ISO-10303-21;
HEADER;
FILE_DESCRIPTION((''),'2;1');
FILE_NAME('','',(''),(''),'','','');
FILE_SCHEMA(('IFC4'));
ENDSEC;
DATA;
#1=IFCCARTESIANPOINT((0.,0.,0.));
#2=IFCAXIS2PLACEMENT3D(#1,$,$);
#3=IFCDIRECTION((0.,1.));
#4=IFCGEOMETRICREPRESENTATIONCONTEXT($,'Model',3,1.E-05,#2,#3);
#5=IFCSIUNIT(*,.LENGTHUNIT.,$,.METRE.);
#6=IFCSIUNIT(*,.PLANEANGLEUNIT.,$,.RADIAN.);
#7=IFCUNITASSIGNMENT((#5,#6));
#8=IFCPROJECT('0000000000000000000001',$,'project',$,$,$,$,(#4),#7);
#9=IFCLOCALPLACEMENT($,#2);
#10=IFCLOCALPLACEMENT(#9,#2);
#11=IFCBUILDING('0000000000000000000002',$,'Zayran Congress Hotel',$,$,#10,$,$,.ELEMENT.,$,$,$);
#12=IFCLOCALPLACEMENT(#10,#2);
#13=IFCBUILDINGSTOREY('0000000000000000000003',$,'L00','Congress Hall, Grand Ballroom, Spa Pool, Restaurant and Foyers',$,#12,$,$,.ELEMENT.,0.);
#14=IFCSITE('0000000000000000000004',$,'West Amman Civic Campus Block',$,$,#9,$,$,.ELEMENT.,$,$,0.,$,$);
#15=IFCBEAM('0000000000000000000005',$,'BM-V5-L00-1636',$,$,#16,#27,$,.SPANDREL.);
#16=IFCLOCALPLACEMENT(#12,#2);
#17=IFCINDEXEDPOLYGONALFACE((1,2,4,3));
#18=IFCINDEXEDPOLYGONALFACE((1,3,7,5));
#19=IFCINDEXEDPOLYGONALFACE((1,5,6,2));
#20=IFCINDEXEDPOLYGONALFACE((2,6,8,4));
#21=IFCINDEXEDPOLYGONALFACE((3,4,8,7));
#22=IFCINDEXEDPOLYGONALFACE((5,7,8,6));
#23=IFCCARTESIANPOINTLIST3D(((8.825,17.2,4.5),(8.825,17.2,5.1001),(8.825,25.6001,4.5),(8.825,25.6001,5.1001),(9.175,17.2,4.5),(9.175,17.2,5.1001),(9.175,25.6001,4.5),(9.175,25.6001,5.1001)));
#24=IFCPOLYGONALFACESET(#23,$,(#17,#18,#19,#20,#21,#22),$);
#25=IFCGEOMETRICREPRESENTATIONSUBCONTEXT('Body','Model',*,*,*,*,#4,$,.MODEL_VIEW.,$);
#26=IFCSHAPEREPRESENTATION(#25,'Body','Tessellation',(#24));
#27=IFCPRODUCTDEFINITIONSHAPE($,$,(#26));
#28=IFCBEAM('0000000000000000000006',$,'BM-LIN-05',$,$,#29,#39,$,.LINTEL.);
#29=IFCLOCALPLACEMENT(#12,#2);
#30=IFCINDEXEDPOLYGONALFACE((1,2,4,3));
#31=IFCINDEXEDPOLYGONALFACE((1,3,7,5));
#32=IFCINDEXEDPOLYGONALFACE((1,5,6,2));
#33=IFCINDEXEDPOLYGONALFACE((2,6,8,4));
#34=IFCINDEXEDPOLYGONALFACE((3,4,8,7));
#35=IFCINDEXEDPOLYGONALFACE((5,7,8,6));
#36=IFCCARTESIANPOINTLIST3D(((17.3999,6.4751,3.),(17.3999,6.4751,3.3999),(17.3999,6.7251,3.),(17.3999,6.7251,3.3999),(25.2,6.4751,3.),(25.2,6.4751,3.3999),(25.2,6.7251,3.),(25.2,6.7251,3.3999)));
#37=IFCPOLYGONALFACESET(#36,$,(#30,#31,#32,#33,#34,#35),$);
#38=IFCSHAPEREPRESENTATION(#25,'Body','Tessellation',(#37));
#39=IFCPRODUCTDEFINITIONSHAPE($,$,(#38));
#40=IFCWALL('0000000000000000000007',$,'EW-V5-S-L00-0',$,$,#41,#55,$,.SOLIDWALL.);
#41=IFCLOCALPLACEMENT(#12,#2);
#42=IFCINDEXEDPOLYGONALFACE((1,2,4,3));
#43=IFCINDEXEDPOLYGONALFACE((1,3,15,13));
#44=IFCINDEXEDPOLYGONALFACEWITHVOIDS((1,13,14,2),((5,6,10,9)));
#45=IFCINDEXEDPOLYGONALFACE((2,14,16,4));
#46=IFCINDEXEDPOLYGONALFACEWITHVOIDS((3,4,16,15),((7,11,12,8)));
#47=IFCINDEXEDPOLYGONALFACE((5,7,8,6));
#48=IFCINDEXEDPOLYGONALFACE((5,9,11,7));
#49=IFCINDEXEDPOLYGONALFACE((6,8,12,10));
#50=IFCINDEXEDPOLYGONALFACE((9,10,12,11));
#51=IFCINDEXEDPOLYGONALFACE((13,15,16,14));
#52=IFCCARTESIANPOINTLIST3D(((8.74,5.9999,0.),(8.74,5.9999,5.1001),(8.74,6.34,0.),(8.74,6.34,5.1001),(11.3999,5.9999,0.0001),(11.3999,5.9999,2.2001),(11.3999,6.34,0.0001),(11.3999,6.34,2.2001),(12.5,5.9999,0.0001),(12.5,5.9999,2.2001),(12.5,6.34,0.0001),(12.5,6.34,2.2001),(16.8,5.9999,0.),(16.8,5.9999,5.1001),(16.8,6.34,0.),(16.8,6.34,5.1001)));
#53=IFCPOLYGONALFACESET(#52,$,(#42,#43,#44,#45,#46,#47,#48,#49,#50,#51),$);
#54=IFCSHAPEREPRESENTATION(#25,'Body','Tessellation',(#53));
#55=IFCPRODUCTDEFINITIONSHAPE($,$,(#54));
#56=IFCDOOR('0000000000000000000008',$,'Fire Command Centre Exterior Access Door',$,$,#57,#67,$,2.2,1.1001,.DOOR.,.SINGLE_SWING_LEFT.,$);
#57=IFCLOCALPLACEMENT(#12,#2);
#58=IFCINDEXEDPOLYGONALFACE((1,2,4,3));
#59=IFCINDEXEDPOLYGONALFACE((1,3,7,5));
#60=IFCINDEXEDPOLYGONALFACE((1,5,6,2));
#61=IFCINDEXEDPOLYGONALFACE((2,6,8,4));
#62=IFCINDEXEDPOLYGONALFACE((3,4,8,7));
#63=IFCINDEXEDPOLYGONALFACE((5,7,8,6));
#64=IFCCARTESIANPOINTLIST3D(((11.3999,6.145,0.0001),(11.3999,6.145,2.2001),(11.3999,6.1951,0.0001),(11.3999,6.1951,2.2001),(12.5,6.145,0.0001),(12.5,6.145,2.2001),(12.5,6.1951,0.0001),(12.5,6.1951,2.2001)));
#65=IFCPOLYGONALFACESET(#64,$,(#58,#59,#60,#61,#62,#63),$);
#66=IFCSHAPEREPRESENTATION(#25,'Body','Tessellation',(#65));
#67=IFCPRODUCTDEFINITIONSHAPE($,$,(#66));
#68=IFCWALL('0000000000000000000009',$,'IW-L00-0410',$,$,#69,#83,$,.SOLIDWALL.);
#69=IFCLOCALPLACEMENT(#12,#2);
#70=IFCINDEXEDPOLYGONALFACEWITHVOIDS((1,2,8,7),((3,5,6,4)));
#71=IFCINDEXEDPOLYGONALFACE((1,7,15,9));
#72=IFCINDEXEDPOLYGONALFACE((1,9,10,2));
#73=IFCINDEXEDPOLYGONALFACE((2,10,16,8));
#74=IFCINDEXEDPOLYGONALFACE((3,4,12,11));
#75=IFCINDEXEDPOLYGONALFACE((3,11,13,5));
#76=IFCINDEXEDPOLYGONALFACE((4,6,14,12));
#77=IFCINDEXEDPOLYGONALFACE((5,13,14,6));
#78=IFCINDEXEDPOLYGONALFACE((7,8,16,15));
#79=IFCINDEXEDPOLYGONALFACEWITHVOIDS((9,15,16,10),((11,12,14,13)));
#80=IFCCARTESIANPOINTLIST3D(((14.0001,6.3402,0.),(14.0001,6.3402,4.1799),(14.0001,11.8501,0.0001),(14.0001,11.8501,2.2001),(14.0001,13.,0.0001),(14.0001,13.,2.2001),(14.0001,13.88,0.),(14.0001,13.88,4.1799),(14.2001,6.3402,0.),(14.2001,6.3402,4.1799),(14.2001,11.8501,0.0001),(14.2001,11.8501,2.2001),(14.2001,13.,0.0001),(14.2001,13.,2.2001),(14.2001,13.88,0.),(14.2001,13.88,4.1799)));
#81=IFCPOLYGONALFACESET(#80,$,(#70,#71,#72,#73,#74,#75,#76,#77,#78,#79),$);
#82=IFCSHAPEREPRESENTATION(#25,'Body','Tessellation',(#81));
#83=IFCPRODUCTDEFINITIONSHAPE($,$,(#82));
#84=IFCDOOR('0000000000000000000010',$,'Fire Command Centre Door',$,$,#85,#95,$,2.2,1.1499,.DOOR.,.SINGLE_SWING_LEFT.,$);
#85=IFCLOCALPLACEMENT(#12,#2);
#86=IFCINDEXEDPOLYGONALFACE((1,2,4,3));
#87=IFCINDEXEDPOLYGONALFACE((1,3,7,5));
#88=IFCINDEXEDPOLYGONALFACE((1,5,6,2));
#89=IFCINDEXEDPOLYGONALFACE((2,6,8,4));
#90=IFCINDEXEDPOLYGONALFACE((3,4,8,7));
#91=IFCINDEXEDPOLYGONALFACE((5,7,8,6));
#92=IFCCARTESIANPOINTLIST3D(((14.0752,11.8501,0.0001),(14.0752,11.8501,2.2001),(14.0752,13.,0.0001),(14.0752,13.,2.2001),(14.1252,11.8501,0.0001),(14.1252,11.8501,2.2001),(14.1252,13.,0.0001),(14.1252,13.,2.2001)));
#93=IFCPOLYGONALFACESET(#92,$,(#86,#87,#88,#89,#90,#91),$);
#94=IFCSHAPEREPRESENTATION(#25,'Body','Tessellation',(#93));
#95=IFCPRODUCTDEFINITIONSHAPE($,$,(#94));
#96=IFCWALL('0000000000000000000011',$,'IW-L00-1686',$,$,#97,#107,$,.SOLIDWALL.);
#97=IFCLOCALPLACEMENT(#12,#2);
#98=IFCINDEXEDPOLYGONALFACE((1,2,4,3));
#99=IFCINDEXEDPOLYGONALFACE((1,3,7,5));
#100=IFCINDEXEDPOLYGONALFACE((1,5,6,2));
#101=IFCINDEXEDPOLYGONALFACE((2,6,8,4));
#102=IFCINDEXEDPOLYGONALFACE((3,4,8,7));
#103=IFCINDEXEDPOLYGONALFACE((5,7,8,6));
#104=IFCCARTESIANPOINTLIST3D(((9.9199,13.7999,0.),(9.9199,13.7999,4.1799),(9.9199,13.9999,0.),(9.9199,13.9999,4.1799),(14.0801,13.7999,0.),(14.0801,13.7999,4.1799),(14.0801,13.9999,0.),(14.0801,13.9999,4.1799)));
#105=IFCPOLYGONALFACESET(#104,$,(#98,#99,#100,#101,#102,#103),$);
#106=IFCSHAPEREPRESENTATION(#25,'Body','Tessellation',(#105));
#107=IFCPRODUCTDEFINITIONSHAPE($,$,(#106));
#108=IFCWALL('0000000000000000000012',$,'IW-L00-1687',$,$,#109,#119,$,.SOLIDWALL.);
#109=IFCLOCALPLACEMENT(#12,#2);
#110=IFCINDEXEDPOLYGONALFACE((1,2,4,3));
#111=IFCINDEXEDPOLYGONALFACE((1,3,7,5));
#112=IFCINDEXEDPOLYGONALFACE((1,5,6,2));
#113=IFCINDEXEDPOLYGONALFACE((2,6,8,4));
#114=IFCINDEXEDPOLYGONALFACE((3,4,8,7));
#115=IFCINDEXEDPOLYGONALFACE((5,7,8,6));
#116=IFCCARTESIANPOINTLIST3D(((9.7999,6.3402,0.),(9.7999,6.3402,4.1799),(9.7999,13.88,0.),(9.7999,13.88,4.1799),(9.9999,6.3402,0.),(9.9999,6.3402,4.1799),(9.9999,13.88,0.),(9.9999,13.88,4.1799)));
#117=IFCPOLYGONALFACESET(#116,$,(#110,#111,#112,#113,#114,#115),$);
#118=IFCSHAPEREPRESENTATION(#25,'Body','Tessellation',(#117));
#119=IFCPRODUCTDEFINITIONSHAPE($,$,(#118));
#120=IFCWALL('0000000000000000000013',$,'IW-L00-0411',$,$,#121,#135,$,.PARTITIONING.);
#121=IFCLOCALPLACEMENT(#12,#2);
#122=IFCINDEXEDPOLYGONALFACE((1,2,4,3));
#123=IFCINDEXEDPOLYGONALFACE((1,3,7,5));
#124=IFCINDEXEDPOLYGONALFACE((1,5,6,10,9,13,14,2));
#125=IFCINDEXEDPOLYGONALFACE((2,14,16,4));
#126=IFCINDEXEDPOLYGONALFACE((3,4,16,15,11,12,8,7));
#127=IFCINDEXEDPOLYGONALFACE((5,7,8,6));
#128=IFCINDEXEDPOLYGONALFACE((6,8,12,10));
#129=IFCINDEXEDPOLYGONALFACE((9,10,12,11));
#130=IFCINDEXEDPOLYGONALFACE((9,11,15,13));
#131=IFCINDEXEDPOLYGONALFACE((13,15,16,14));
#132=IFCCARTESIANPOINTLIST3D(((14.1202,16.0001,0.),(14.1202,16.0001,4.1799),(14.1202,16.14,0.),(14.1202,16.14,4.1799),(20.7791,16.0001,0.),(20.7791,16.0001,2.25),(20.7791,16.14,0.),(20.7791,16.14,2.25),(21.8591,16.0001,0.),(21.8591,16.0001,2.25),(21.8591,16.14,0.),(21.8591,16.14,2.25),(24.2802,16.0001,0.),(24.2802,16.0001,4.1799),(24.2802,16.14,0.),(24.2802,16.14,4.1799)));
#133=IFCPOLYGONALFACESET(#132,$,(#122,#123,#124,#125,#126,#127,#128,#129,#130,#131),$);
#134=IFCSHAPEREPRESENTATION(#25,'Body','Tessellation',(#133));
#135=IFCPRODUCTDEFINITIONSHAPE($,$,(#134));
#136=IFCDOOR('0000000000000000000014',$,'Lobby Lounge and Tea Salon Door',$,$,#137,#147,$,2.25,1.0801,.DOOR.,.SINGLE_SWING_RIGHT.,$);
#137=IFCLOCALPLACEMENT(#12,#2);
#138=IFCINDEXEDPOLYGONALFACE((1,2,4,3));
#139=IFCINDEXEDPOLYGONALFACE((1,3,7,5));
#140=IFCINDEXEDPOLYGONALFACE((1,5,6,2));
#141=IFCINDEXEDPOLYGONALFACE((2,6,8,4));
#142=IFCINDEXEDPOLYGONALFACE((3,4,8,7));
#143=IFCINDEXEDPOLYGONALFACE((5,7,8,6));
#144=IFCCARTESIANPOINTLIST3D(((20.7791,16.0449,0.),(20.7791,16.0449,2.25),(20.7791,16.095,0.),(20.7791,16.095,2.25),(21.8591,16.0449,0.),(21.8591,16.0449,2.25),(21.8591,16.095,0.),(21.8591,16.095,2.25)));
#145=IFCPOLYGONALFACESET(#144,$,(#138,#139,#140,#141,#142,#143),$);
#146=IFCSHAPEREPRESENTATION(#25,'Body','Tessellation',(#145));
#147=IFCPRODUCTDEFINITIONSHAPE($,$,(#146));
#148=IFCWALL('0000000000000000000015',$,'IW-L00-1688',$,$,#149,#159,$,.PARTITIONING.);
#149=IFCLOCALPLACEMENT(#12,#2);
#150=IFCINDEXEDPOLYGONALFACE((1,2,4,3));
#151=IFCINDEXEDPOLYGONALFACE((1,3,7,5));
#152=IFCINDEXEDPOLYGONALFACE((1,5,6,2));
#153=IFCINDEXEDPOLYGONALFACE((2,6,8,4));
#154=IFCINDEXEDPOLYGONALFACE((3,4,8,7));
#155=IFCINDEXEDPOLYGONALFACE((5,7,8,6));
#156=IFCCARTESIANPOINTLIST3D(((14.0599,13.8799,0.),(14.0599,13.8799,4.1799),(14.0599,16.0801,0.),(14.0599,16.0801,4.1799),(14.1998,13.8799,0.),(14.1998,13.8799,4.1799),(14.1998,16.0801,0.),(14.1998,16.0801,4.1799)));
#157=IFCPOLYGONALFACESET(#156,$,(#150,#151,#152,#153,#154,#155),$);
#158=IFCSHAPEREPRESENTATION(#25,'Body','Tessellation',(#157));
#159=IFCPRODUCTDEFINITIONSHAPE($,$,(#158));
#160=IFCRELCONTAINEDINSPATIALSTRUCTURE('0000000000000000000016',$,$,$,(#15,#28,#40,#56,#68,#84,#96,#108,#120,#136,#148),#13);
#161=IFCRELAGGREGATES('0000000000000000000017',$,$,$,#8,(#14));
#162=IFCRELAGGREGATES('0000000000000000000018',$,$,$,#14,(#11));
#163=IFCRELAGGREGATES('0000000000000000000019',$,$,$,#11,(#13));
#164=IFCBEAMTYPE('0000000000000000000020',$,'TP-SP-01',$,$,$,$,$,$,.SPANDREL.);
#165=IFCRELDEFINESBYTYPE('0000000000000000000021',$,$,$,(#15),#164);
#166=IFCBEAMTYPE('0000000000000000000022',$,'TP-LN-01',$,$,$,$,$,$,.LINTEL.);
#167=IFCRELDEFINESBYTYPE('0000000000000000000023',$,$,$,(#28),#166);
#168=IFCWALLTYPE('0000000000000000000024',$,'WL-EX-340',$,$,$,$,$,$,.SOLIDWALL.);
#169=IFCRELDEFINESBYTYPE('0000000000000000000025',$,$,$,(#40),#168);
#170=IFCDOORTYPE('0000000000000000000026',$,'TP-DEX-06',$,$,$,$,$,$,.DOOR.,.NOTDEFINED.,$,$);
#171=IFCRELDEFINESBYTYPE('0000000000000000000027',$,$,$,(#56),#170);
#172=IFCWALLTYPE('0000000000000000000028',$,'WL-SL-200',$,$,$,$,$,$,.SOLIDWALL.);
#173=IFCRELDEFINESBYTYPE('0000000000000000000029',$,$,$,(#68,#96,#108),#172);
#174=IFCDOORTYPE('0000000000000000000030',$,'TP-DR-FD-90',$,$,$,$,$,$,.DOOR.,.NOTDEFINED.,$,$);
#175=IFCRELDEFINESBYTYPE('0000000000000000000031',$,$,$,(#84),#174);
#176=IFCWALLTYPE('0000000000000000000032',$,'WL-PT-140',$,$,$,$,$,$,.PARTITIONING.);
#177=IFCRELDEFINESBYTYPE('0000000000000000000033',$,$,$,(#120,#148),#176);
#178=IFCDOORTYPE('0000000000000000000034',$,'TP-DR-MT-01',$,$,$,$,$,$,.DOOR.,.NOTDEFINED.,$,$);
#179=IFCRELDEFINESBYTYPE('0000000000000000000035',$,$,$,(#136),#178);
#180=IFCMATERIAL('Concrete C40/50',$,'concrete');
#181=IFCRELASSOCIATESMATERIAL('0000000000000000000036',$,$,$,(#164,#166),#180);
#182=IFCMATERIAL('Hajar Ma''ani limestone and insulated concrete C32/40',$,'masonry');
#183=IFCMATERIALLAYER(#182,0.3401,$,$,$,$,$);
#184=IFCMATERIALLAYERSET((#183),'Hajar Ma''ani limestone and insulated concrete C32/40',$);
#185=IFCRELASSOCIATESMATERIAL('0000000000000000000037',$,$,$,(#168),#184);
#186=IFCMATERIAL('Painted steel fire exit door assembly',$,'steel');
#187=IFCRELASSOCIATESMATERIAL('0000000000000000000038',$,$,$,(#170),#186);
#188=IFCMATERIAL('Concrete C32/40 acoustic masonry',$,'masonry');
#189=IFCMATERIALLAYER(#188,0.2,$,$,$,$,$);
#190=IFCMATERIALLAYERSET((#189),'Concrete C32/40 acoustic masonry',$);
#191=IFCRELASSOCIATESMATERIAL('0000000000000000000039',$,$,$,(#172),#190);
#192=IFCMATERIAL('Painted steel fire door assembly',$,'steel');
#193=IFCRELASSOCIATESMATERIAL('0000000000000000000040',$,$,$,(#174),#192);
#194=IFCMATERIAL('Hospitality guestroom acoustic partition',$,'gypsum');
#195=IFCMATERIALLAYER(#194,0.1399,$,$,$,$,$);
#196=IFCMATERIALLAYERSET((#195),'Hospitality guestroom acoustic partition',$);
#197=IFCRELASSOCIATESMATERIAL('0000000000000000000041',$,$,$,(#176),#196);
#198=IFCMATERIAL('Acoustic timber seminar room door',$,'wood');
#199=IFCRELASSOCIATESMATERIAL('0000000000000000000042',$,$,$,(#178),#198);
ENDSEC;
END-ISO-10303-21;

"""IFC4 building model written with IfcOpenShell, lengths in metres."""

from ifc_helpers import new_model, si_unit, direction, frame, frame_2d, origin, origin_2d, place, context, subcontext, project, spatial, rectangle, extrude, material, layer, layer_set, material_profile, profile_set, type_object, element, fill, save


model = new_model("IFC4")

# Units and contexts
model_context = context("Model", 3, precision=1e-05, world=origin(), true_north=direction((0.0, 1.0)))
body_context = subcontext(model_context, "Body", "Model", "MODEL_VIEW")
ifc_project = project(units=[si_unit("LENGTHUNIT", "METRE"), si_unit("PLANEANGLEUNIT", "RADIAN")], contexts=[model_context])

# Site, building, storey
site_placement = place(None, origin())
site = spatial("IfcSite", under=ifc_project, at=site_placement, Name="West Amman Civic Campus Block", CompositionType="ELEMENT", RefElevation=0.0)
building_placement = place(site_placement, origin())
building = spatial("IfcBuilding", under=site, at=building_placement, Name="Zayran Congress Hotel", CompositionType="ELEMENT")
storey_placement = place(building_placement, origin())
storey = spatial("IfcBuildingStorey", under=building, at=storey_placement, Name="L00", Description="Congress Hall, Grand Ballroom, Spa Pool, Restaurant and Foyers", CompositionType="ELEMENT", Elevation=0.0)

# Shared definitions
ifc_material_1 = material(Name="Concrete C40/50", Category="concrete")

# Beams
ifc_material_profile_1 = material_profile(ifc_material_1, rectangle(XDim=0.3501, YDim=0.6001, at=origin_2d()), Name="RC 350x600")
ifc_profile_set_1 = profile_set([ifc_material_profile_1], Name="Concrete C40/50")
beam_type_1 = type_object("IfcBeamType", Name="TP-SP-01", PredefinedType="SPANDREL", material=ifc_profile_set_1)
beam_1_placement = place(storey_placement, frame((9.0, 17.2, 4.8), z_axis=(0.0, 1.0, 0.0), x_axis=(-1.0, 0.0, 0.0)))
element("IfcBeam", 1, at=beam_1_placement, inside=storey, type_object=beam_type_1, Name="BM-V5-L00-1636", PredefinedType="SPANDREL", context=body_context, shape_type="SweptSolid", body=[
    extrude(rectangle(XDim=0.3501, YDim=0.6001, at=origin_2d()), origin(), (0.0, 0.0, 1.0), 8.4001),
])
ifc_material_profile_2 = material_profile(ifc_material_1, rectangle(XDim=0.25, YDim=0.3999, at=origin_2d()), Name="RC 250x400")
ifc_profile_set_2 = profile_set([ifc_material_profile_2], Name="Concrete C40/50")
beam_type_2 = type_object("IfcBeamType", Name="TP-LN-01", PredefinedType="LINTEL", material=ifc_profile_set_2)
beam_2_placement = place(storey_placement, frame((17.3999, 6.6001, 3.2), z_axis=(1.0, 0.0, 0.0), x_axis=(0.0, 1.0, 0.0)))
element("IfcBeam", 2, at=beam_2_placement, inside=storey, type_object=beam_type_2, Name="BM-LIN-05", PredefinedType="LINTEL", context=body_context, shape_type="SweptSolid", body=[
    extrude(rectangle(XDim=0.25, YDim=0.3999, at=origin_2d()), origin(), (0.0, 0.0, 1.0), 7.8),
])

# Walls, openings, doors
ifc_material_2 = material(Name="Hajar Ma'ani limestone and insulated concrete C32/40", Category="masonry")
ifc_layer_1 = layer(ifc_material_2, 0.3401)
ifc_layer_set_1 = layer_set([ifc_layer_1], Name="Hajar Ma'ani limestone and insulated concrete C32/40")
wall_type_1 = type_object("IfcWallType", Name="WL-EX-340", PredefinedType="SOLIDWALL", material=ifc_layer_set_1)
wall_1_placement = place(storey_placement, frame((16.8, 6.1699, 0.0), z_axis=(0.0, 0.0, 1.0), x_axis=(-1.0, 0.0, 0.0)))
wall_1 = element("IfcWall", 3, at=wall_1_placement, inside=storey, type_object=wall_type_1, Name="EW-V5-S-L00-0", PredefinedType="SOLIDWALL", context=body_context, shape_type="SweptSolid", body=[
    extrude(rectangle(XDim=8.0601, YDim=0.3401, at=frame_2d((4.03, 0.0))), origin(), (0.0, 0.0, 1.0), 5.1001),
])
opening_1_placement = place(wall_1_placement, frame((4.3, 0.0, 0.0)))
opening_1 = element("IfcOpeningElement", 4, at=opening_1_placement, cuts=wall_1, PredefinedType="OPENING", context=body_context, shape_type="SweptSolid", body=[
    extrude(rectangle(XDim=1.1001, YDim=2.2, at=frame_2d((0.55, 1.1001))), frame((0.0, 0.1799, 0.0), z_axis=(0.0, -1.0, 0.0), x_axis=(1.0, 0.0, 0.0)), (0.0, 0.0, 1.0), 0.3601),
])
ifc_material_3 = material(Name="Painted steel fire exit door assembly", Category="steel")
door_type_1 = type_object("IfcDoorType", Name="TP-DEX-06", OperationType="NOTDEFINED", PredefinedType="DOOR", material=ifc_material_3)
door_1_placement = place(opening_1_placement, origin())
door_1 = element("IfcDoor", 5, at=door_1_placement, inside=storey, type_object=door_type_1, Name="Fire Command Centre Exterior Access Door", OperationType="SINGLE_SWING_LEFT", OverallHeight=2.2, OverallWidth=1.1001, PredefinedType="DOOR", context=body_context, shape_type="SweptSolid", body=[
    extrude(rectangle(XDim=1.1001, YDim=2.2, at=frame_2d((0.55, 1.1001))), frame((0.0, 0.0249, 0.0), z_axis=(0.0, -1.0, 0.0), x_axis=(1.0, 0.0, 0.0)), (0.0, 0.0, 1.0), 0.05),
])
fill(opening_1, door_1)
ifc_material_4 = material(Name="Concrete C32/40 acoustic masonry", Category="masonry")
ifc_layer_2 = layer(ifc_material_4, 0.2)
ifc_layer_set_2 = layer_set([ifc_layer_2], Name="Concrete C32/40 acoustic masonry")
wall_type_2 = type_object("IfcWallType", Name="WL-SL-200", PredefinedType="SOLIDWALL", material=ifc_layer_set_2)
wall_2_placement = place(storey_placement, frame((14.1001, 6.3401, 0.0), z_axis=(0.0, 0.0, 1.0), x_axis=(0.0, 1.0, 0.0)))
wall_2 = element("IfcWall", 6, at=wall_2_placement, inside=storey, type_object=wall_type_2, Name="IW-L00-0410", PredefinedType="SOLIDWALL", context=body_context, shape_type="SweptSolid", body=[
    extrude(rectangle(XDim=7.5398, YDim=0.2, at=frame_2d((3.77, 0.0))), origin(), (0.0, 0.0, 1.0), 4.1799),
])
opening_2_placement = place(wall_2_placement, frame((5.51, 0.0, 0.0)))
opening_2 = element("IfcOpeningElement", 7, at=opening_2_placement, cuts=wall_2, PredefinedType="OPENING", context=body_context, shape_type="SweptSolid", body=[
    extrude(rectangle(XDim=1.1499, YDim=2.2, at=frame_2d((0.575, 1.1001))), frame((0.0, 0.1099, 0.0), z_axis=(0.0, -1.0, 0.0), x_axis=(1.0, 0.0, 0.0)), (0.0, 0.0, 1.0), 0.22),
])
ifc_material_5 = material(Name="Painted steel fire door assembly", Category="steel")
door_type_2 = type_object("IfcDoorType", Name="TP-DR-FD-90", OperationType="NOTDEFINED", PredefinedType="DOOR", material=ifc_material_5)
door_2_placement = place(opening_2_placement, origin())
door_2 = element("IfcDoor", 8, at=door_2_placement, inside=storey, type_object=door_type_2, Name="Fire Command Centre Door", OperationType="SINGLE_SWING_LEFT", OverallHeight=2.2, OverallWidth=1.1499, PredefinedType="DOOR", context=body_context, shape_type="SweptSolid", body=[
    extrude(rectangle(XDim=1.1499, YDim=2.2, at=frame_2d((0.575, 1.1001))), frame((0.0, 0.0249, 0.0), z_axis=(0.0, -1.0, 0.0), x_axis=(1.0, 0.0, 0.0)), (0.0, 0.0, 1.0), 0.05),
])
fill(opening_2, door_2)

# Walls
wall_3_placement = place(storey_placement, frame((9.9199, 13.8999, 0.0), z_axis=(0.0, 0.0, 1.0), x_axis=(1.0, 0.0, 0.0)))
element("IfcWall", 9, at=wall_3_placement, inside=storey, type_object=wall_type_2, Name="IW-L00-1686", PredefinedType="SOLIDWALL", context=body_context, shape_type="SweptSolid", body=[
    extrude(rectangle(XDim=4.1602, YDim=0.2, at=frame_2d((2.0801, 0.0))), origin(), (0.0, 0.0, 1.0), 4.1799),
])
wall_4_placement = place(storey_placement, frame((9.8999, 6.3401, 0.0), z_axis=(0.0, 0.0, 1.0), x_axis=(0.0, 1.0, 0.0)))
element("IfcWall", 10, at=wall_4_placement, inside=storey, type_object=wall_type_2, Name="IW-L00-1687", PredefinedType="SOLIDWALL", context=body_context, shape_type="SweptSolid", body=[
    extrude(rectangle(XDim=7.5398, YDim=0.2, at=frame_2d((3.77, 0.0))), origin(), (0.0, 0.0, 1.0), 4.1799),
])

# Wall, opening, door
ifc_material_6 = material(Name="Hospitality guestroom acoustic partition", Category="gypsum")
ifc_layer_3 = layer(ifc_material_6, 0.1399)
ifc_layer_set_3 = layer_set([ifc_layer_3], Name="Hospitality guestroom acoustic partition")
wall_type_3 = type_object("IfcWallType", Name="WL-PT-140", PredefinedType="PARTITIONING", material=ifc_layer_set_3)
wall_5_placement = place(storey_placement, frame((14.1201, 16.0701, 0.0), z_axis=(0.0, 0.0, 1.0), x_axis=(1.0, 0.0, 0.0)))
wall_5 = element("IfcWall", 11, at=wall_5_placement, inside=storey, type_object=wall_type_3, Name="IW-L00-0411", PredefinedType="PARTITIONING", context=body_context, shape_type="SweptSolid", body=[
    extrude(rectangle(XDim=10.1599, YDim=0.1399, at=frame_2d((5.0801, 0.0))), origin(), (0.0, 0.0, 1.0), 4.1799),
])
opening_3_placement = place(wall_5_placement, frame((6.6589, 0.0, 0.0)))
opening_3 = element("IfcOpeningElement", 12, at=opening_3_placement, cuts=wall_5, PredefinedType="OPENING", context=body_context, shape_type="SweptSolid", body=[
    extrude(rectangle(XDim=1.0801, YDim=2.25, at=frame_2d((0.54, 1.125))), frame((0.0, 0.0798, 0.0), z_axis=(0.0, -1.0, 0.0), x_axis=(1.0, 0.0, 0.0)), (0.0, 0.0, 1.0), 0.1599),
])
ifc_material_7 = material(Name="Acoustic timber seminar room door", Category="wood")
door_type_3 = type_object("IfcDoorType", Name="TP-DR-MT-01", OperationType="NOTDEFINED", PredefinedType="DOOR", material=ifc_material_7)
door_3_placement = place(opening_3_placement, origin())
door_3 = element("IfcDoor", 13, at=door_3_placement, inside=storey, type_object=door_type_3, Name="Lobby Lounge and Tea Salon Door", OperationType="SINGLE_SWING_RIGHT", OverallHeight=2.25, OverallWidth=1.0801, PredefinedType="DOOR", context=body_context, shape_type="SweptSolid", body=[
    extrude(rectangle(XDim=1.0801, YDim=2.25, at=frame_2d((0.54, 1.125))), frame((0.0, 0.0249, 0.0), z_axis=(0.0, -1.0, 0.0), x_axis=(1.0, 0.0, 0.0)), (0.0, 0.0, 1.0), 0.05),
])
fill(opening_3, door_3)

# Wall
wall_6_placement = place(storey_placement, frame((14.1299, 13.8799, 0.0), z_axis=(0.0, 0.0, 1.0), x_axis=(0.0, 1.0, 0.0)))
element("IfcWall", 14, at=wall_6_placement, inside=storey, type_object=wall_type_3, Name="IW-L00-1688", PredefinedType="PARTITIONING", context=body_context, shape_type="SweptSolid", body=[
    extrude(rectangle(XDim=2.2002, YDim=0.1399, at=frame_2d((1.1001, 0.0))), origin(), (0.0, 0.0, 1.0), 4.1799),
])

save(model, "model.ifc")
